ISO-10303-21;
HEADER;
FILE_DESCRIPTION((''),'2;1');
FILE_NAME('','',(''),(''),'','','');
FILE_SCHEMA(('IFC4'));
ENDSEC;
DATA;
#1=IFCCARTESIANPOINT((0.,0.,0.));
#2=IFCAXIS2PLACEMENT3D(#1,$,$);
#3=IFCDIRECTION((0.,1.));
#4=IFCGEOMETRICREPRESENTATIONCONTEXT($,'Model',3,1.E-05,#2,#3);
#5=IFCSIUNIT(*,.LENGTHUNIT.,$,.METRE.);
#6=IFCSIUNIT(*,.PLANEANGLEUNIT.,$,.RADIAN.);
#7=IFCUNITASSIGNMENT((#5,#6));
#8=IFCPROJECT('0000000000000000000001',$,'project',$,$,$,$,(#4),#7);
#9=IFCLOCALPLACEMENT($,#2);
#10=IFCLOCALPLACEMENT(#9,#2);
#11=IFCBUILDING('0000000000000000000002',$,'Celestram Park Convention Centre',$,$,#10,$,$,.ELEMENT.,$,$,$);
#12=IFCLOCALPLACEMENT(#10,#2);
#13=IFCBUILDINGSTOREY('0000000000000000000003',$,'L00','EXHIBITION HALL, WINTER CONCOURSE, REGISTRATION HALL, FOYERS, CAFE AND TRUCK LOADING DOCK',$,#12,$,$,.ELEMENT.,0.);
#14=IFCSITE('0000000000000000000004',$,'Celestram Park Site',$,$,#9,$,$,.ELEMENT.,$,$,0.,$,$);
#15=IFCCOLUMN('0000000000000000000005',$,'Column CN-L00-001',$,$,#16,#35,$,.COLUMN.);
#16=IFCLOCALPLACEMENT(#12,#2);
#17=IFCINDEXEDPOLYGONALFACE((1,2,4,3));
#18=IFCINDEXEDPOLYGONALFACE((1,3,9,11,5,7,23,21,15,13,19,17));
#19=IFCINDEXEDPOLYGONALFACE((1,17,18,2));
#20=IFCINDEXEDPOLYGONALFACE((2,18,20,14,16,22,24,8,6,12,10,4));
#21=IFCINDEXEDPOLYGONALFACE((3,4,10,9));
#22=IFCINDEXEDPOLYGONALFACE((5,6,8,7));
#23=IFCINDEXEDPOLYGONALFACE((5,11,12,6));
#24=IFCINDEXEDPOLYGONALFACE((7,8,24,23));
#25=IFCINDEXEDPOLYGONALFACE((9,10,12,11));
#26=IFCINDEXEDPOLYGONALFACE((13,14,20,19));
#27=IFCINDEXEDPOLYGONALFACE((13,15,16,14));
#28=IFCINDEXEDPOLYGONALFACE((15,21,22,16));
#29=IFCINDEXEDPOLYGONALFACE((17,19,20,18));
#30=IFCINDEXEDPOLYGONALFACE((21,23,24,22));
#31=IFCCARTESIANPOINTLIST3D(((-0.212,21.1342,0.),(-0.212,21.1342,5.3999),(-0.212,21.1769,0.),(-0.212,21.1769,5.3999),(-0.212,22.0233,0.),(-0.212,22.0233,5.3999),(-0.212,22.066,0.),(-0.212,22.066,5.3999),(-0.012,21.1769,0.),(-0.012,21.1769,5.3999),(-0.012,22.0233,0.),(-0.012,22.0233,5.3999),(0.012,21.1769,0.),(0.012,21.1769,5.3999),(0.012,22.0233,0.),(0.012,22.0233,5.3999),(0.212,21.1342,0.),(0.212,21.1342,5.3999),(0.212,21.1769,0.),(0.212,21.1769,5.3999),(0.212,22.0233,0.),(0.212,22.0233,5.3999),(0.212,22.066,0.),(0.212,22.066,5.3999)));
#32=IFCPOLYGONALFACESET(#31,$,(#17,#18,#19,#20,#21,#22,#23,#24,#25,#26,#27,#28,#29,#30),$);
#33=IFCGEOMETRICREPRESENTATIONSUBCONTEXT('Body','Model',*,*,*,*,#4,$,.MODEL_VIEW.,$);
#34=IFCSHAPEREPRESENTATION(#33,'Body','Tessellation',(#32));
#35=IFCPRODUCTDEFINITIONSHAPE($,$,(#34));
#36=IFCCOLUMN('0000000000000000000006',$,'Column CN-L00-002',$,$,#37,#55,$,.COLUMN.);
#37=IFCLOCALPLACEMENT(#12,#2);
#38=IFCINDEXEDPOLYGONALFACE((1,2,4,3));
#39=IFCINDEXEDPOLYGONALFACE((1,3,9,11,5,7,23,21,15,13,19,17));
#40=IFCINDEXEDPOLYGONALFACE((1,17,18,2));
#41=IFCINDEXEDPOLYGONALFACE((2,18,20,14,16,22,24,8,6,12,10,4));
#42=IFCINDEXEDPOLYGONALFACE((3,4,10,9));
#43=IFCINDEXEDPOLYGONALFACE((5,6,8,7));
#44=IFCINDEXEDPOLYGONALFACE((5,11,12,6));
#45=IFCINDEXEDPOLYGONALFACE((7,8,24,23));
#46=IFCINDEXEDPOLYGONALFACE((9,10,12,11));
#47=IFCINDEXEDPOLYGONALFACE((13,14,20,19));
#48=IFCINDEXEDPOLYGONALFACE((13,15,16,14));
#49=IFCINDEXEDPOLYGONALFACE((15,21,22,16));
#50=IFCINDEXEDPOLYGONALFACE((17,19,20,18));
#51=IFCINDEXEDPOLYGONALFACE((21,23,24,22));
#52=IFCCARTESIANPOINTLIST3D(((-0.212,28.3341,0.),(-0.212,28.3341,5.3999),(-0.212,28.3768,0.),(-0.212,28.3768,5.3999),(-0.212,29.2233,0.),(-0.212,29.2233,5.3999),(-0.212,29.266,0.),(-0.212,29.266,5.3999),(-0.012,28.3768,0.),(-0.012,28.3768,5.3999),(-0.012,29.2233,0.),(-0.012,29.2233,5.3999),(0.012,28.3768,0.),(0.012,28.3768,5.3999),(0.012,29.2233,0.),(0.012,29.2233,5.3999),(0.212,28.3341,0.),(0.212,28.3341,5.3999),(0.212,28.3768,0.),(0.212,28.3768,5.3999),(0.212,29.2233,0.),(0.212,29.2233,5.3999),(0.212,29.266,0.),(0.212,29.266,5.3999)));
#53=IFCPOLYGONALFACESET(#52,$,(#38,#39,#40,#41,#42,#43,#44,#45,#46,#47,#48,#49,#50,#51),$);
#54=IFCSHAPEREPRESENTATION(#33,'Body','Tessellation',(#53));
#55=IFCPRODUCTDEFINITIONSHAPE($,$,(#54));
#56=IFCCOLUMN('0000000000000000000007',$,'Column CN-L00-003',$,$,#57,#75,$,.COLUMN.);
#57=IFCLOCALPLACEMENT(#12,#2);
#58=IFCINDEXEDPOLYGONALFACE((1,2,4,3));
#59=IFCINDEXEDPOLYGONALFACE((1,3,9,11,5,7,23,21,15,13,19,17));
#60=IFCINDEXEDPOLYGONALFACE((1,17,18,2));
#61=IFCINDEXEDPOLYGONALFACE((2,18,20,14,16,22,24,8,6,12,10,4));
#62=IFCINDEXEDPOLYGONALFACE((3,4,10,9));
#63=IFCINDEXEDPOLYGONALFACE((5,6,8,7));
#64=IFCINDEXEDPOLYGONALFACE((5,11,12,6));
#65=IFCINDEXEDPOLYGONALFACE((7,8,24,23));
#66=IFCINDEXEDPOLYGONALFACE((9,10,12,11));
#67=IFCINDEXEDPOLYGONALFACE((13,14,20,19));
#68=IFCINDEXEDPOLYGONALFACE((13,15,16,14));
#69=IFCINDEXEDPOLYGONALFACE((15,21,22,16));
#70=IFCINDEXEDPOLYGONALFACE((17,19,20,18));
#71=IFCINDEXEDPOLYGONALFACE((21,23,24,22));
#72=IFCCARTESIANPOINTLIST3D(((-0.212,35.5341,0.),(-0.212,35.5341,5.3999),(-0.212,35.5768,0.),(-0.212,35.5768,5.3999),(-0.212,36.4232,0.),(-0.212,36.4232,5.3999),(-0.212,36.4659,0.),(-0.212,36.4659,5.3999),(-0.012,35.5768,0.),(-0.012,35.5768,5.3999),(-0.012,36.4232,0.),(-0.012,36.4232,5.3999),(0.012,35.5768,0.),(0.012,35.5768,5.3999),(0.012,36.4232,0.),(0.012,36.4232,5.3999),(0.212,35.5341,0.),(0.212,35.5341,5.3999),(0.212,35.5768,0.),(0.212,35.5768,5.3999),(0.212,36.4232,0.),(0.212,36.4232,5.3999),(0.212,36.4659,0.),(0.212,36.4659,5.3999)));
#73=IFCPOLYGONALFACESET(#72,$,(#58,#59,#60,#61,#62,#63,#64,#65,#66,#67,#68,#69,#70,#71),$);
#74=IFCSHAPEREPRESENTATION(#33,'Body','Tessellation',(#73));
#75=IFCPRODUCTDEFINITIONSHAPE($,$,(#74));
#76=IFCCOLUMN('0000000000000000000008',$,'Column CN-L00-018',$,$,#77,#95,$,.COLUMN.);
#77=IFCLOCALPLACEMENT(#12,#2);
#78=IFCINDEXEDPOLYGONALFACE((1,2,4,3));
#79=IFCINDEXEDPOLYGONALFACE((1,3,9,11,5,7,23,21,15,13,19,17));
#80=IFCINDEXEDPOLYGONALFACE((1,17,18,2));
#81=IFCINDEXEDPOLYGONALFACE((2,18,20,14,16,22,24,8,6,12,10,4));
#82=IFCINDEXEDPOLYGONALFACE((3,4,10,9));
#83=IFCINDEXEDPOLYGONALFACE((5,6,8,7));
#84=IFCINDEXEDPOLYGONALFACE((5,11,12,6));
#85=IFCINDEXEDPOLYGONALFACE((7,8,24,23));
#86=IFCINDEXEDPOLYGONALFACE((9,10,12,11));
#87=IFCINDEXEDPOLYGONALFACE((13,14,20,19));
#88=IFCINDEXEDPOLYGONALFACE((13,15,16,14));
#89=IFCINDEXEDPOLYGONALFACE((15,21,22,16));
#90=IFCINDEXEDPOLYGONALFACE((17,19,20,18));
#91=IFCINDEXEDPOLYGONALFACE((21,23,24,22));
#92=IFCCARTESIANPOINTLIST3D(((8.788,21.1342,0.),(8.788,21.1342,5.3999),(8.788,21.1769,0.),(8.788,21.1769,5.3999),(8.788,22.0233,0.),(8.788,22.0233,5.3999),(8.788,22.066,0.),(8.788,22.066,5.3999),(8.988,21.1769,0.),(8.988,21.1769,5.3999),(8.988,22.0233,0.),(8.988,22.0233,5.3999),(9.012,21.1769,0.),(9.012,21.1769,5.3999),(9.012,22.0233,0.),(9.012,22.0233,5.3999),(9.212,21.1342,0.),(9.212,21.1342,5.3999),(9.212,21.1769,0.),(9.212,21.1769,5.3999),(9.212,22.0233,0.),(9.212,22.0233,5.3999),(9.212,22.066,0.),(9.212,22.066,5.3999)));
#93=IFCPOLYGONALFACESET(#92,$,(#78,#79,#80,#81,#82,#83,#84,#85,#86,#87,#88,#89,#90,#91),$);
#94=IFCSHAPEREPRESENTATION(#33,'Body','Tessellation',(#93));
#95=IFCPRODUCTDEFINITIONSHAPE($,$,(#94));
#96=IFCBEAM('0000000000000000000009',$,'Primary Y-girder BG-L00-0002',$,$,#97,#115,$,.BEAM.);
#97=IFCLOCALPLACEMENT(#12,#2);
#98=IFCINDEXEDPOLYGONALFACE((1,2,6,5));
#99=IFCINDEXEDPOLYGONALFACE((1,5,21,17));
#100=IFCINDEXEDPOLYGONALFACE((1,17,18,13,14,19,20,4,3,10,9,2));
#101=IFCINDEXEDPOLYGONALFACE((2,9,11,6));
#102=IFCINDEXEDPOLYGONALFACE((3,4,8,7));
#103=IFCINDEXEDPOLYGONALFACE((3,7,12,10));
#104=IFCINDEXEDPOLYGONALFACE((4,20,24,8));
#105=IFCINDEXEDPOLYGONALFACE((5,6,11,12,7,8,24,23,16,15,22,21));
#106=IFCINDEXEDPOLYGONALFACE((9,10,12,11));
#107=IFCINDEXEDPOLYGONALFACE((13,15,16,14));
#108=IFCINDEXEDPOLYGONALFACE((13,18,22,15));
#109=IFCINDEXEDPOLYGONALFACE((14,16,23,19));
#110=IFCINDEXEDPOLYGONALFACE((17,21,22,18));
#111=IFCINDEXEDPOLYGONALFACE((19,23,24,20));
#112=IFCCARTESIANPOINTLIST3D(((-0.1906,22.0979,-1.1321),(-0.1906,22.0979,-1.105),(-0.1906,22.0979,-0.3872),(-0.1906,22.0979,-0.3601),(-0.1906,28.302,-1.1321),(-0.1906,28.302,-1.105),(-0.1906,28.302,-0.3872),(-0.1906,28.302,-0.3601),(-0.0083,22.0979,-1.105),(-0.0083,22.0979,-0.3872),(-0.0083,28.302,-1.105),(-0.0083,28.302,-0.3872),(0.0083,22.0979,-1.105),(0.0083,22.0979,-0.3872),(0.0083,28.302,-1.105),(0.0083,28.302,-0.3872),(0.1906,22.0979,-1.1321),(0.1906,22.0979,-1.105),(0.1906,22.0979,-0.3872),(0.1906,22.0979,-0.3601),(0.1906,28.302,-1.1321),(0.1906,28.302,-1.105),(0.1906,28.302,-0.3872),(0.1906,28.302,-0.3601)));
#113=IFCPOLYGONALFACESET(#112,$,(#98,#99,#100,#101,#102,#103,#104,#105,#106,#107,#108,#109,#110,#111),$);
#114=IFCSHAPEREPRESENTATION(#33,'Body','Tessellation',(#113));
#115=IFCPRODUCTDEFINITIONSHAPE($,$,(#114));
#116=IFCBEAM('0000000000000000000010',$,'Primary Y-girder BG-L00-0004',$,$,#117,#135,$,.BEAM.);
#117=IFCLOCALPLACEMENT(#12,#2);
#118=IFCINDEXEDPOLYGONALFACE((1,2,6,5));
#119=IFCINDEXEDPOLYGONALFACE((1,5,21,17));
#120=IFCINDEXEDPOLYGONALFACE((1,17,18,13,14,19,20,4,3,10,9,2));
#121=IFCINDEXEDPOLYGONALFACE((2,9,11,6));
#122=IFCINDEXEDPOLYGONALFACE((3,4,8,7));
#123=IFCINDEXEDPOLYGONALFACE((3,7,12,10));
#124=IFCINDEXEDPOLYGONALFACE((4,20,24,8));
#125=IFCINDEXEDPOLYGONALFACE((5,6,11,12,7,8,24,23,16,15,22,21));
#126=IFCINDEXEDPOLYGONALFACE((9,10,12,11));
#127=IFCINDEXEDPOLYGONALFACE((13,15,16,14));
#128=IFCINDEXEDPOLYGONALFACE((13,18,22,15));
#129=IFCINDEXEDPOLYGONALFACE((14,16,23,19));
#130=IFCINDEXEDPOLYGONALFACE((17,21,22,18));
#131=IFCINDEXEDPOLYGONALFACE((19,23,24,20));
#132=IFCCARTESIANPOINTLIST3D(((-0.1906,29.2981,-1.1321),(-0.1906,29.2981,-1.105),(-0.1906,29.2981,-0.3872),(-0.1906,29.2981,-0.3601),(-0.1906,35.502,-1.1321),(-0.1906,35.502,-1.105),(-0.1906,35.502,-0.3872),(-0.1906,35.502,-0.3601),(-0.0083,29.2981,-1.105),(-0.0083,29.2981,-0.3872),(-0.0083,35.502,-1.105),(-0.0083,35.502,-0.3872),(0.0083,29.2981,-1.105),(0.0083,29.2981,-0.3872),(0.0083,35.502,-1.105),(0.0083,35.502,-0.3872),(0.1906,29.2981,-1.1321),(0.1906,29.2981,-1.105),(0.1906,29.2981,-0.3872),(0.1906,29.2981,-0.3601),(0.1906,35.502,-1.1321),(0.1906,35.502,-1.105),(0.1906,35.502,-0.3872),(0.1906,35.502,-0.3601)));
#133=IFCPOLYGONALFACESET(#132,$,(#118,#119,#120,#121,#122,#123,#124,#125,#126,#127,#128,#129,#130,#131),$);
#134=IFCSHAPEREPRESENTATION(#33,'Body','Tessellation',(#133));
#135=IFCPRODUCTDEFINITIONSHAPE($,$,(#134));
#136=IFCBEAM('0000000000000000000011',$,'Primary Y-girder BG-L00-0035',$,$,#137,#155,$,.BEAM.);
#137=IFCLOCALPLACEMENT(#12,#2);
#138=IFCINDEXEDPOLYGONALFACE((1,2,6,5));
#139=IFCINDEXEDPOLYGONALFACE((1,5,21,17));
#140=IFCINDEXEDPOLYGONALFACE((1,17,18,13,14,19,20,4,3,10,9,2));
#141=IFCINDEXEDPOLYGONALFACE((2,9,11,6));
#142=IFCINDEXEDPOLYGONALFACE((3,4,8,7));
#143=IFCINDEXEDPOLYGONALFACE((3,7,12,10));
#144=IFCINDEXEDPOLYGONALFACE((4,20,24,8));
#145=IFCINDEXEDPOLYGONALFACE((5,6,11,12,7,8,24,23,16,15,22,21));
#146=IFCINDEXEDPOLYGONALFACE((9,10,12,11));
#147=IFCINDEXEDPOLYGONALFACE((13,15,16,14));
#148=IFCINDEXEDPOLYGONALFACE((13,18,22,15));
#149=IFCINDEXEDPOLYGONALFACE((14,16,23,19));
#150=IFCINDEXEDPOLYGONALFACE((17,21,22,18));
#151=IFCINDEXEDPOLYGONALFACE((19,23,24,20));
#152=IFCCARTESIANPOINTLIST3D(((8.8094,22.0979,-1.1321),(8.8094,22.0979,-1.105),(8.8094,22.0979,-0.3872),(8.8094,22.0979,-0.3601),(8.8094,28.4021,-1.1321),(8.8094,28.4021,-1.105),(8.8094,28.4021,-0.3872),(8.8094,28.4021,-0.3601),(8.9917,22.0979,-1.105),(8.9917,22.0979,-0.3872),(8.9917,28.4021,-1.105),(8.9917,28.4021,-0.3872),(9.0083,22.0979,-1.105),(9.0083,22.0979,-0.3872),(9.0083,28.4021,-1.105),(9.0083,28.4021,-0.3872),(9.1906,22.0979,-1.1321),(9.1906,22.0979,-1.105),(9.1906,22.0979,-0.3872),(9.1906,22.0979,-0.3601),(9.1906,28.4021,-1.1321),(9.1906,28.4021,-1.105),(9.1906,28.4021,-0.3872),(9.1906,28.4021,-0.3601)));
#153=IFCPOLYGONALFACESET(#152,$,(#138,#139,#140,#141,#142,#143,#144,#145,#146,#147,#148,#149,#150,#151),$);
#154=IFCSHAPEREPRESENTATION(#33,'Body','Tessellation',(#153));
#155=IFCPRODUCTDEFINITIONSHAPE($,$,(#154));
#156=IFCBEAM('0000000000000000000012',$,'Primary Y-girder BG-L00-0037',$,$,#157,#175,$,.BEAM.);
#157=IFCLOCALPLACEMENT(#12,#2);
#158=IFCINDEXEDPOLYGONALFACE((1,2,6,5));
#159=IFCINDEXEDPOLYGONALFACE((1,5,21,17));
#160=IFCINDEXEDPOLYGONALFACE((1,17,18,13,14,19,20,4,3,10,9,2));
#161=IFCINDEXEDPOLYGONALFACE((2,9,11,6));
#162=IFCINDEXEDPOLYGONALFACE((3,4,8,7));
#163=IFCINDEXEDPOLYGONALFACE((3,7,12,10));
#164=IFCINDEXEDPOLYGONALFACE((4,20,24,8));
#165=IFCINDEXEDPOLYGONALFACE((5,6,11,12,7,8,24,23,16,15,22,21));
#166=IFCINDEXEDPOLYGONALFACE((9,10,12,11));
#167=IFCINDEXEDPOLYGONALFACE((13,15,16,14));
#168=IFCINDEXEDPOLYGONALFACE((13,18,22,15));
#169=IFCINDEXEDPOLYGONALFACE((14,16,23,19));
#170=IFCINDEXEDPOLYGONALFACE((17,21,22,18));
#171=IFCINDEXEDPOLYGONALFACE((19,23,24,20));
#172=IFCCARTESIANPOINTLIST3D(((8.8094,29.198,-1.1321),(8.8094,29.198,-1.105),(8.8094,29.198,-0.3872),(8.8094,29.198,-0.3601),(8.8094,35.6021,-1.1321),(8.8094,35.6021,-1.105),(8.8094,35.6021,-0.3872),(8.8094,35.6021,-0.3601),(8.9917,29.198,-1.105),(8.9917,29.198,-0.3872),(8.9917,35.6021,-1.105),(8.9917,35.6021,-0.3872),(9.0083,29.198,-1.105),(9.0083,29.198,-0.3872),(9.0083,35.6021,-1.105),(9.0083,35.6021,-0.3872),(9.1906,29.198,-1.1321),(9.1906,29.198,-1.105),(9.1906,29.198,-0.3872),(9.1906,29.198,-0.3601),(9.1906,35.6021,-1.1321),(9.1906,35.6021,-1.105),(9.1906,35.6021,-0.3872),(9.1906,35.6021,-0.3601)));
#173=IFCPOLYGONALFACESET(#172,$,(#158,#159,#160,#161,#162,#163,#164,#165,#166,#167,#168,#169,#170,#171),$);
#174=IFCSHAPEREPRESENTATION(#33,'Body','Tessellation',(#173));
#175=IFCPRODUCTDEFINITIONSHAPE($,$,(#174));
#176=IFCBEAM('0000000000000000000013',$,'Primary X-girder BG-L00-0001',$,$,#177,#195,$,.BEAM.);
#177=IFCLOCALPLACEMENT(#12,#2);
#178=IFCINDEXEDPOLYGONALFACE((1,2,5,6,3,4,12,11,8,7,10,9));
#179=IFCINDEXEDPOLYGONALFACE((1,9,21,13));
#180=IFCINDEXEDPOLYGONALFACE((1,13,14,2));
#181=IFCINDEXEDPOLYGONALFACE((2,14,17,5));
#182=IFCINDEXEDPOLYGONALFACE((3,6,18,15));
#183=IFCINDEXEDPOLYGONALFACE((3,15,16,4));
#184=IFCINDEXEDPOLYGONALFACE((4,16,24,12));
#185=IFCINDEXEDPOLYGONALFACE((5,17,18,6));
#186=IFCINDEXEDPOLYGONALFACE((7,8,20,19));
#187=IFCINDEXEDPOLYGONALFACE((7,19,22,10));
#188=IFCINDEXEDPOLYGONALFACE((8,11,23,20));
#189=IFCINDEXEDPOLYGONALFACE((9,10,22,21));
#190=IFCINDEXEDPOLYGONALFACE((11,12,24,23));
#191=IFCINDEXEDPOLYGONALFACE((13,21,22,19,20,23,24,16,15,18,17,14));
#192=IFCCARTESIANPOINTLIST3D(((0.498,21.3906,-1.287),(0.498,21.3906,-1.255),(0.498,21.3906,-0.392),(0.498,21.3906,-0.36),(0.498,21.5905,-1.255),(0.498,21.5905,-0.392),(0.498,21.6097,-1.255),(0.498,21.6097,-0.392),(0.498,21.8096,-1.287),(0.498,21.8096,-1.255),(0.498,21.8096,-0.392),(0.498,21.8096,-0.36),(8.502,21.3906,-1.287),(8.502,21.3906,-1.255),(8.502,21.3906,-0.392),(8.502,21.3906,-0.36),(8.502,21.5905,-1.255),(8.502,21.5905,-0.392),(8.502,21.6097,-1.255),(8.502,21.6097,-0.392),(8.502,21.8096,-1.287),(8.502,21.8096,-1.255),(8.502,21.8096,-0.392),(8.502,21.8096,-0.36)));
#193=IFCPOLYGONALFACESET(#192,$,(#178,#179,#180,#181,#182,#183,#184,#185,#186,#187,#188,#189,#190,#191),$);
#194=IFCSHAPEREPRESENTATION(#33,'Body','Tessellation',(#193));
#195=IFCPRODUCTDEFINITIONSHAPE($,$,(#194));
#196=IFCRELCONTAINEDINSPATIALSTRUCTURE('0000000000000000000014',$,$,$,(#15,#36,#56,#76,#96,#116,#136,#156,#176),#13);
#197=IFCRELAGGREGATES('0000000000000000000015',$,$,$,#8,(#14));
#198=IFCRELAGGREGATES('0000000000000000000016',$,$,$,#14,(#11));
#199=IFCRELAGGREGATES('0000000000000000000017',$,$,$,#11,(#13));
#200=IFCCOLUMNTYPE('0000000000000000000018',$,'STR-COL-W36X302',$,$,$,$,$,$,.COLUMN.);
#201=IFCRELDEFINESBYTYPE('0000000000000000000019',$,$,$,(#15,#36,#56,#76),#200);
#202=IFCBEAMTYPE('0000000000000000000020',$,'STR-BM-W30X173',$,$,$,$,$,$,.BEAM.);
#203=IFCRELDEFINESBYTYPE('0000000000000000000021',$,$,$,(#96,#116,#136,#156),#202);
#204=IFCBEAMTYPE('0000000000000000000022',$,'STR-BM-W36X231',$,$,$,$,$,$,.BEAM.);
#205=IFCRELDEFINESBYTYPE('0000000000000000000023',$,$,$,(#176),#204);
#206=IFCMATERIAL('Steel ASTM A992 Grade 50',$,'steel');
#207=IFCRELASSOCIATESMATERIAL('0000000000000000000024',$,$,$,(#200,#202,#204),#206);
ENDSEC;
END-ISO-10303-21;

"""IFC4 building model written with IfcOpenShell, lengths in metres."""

from ifc_helpers import new_model, si_unit, direction, frame, origin, origin_2d, place, context, subcontext, project, spatial, i_section, extrude, material, material_profile, profile_set, type_object, element, save


model = new_model("IFC4")

# Units and contexts
model_context = context("Model", 3, precision=1e-05, world=origin(), true_north=direction((0.0, 1.0)))
body_context = subcontext(model_context, "Body", "Model", "MODEL_VIEW")
ifc_project = project(units=[si_unit("LENGTHUNIT", "METRE"), si_unit("PLANEANGLEUNIT", "RADIAN")], contexts=[model_context])

# Site, building, storey
site_placement = place(None, origin())
site = spatial("IfcSite", under=ifc_project, at=site_placement, Name="Celestram Park Site", CompositionType="ELEMENT", RefElevation=0.0)
building_placement = place(site_placement, origin())
building = spatial("IfcBuilding", under=site, at=building_placement, Name="Celestram Park Convention Centre", CompositionType="ELEMENT")
storey_placement = place(building_placement, origin())
storey = spatial("IfcBuildingStorey", under=building, at=storey_placement, Name="L00", Description="EXHIBITION HALL, WINTER CONCOURSE, REGISTRATION HALL, FOYERS, CAFE AND TRUCK LOADING DOCK", CompositionType="ELEMENT", Elevation=0.0)

# Columns
ifc_material_1 = material(Name="Steel ASTM A992 Grade 50", Category="steel")
ifc_material_profile_1 = material_profile(ifc_material_1, i_section(OverallWidth=0.4241, OverallDepth=0.9319, WebThickness=0.0239, FlangeThickness=0.0427, at=origin_2d()), Name="W36X302")
ifc_profile_set_1 = profile_set([ifc_material_profile_1], Name="Steel ASTM A992 Grade 50")
column_type = type_object("IfcColumnType", Name="STR-COL-W36X302", PredefinedType="COLUMN", material=ifc_profile_set_1)
for number, where, z_axis, x_axis, name in (
    (1, (0.0, 21.6001, 0.0), (0.0, 0.0, 1.0), (1.0, 0.0, 0.0), "Column CN-L00-001"),
    (2, (0.0, 28.8, 0.0), (0.0, 0.0, 1.0), (1.0, 0.0, 0.0), "Column CN-L00-002"),
    (3, (0.0, 36.0, 0.0), (0.0, 0.0, 1.0), (1.0, 0.0, 0.0), "Column CN-L00-003"),
    (4, (9.0, 21.6001, 0.0), (0.0, 0.0, 1.0), (1.0, 0.0, 0.0), "Column CN-L00-018"),
):
    element("IfcColumn", number, at=place(storey_placement, frame(where, z_axis=z_axis, x_axis=x_axis)), inside=storey, type_object=column_type, Name=name, PredefinedType="COLUMN", context=body_context, shape_type="SweptSolid", body=[
        extrude(i_section(OverallWidth=0.4241, OverallDepth=0.9319, WebThickness=0.0239, FlangeThickness=0.0427, at=origin_2d()), origin(), (0.0, 0.0, 1.0), 5.3999),
    ])

# Beams
ifc_material_profile_2 = material_profile(ifc_material_1, i_section(OverallWidth=0.3811, OverallDepth=0.772, WebThickness=0.0166, FlangeThickness=0.0271, at=origin_2d()), Name="W30X173")
ifc_profile_set_2 = profile_set([ifc_material_profile_2], Name="Steel ASTM A992 Grade 50")
beam_type_1 = type_object("IfcBeamType", Name="STR-BM-W30X173", PredefinedType="BEAM", material=ifc_profile_set_2)
beam_1_placement = place(storey_placement, frame((0.0, 22.0979, -0.7461), z_axis=(0.0, 1.0, 0.0), x_axis=(-1.0, 0.0, 0.0)))
element("IfcBeam", 5, at=beam_1_placement, inside=storey, type_object=beam_type_1, Name="Primary Y-girder BG-L00-0002", PredefinedType="BEAM", context=body_context, shape_type="SweptSolid", body=[
    extrude(i_section(OverallWidth=0.3811, OverallDepth=0.772, WebThickness=0.0166, FlangeThickness=0.0271, at=origin_2d()), origin(), (0.0, 0.0, 1.0), 6.2041),
])
beam_2_placement = place(storey_placement, frame((0.0, 29.2981, -0.7461), z_axis=(0.0, 1.0, 0.0), x_axis=(-1.0, 0.0, 0.0)))
element("IfcBeam", 6, at=beam_2_placement, inside=storey, type_object=beam_type_1, Name="Primary Y-girder BG-L00-0004", PredefinedType="BEAM", context=body_context, shape_type="SweptSolid", body=[
    extrude(i_section(OverallWidth=0.3811, OverallDepth=0.772, WebThickness=0.0166, FlangeThickness=0.0271, at=origin_2d()), origin(), (0.0, 0.0, 1.0), 6.2039),
])
beam_3_placement = place(storey_placement, frame((9.0, 22.0979, -0.7461), z_axis=(0.0, 1.0, 0.0), x_axis=(-1.0, 0.0, 0.0)))
element("IfcBeam", 7, at=beam_3_placement, inside=storey, type_object=beam_type_1, Name="Primary Y-girder BG-L00-0035", PredefinedType="BEAM", context=body_context, shape_type="SweptSolid", body=[
    extrude(i_section(OverallWidth=0.3811, OverallDepth=0.772, WebThickness=0.0166, FlangeThickness=0.0271, at=origin_2d()), origin(), (0.0, 0.0, 1.0), 6.3042),
])
beam_4_placement = place(storey_placement, frame((9.0, 29.198, -0.7461), z_axis=(0.0, 1.0, 0.0), x_axis=(-1.0, 0.0, 0.0)))
element("IfcBeam", 8, at=beam_4_placement, inside=storey, type_object=beam_type_1, Name="Primary Y-girder BG-L00-0037", PredefinedType="BEAM", context=body_context, shape_type="SweptSolid", body=[
    extrude(i_section(OverallWidth=0.3811, OverallDepth=0.772, WebThickness=0.0166, FlangeThickness=0.0271, at=origin_2d()), origin(), (0.0, 0.0, 1.0), 6.4041),
])
ifc_material_profile_3 = material_profile(ifc_material_1, i_section(OverallWidth=0.4189, OverallDepth=0.927, WebThickness=0.0193, FlangeThickness=0.032, at=origin_2d()), Name="W36X231")
ifc_profile_set_3 = profile_set([ifc_material_profile_3], Name="Steel ASTM A992 Grade 50")
beam_type_2 = type_object("IfcBeamType", Name="STR-BM-W36X231", PredefinedType="BEAM", material=ifc_profile_set_3)
beam_5_placement = place(storey_placement, frame((0.498, 21.6001, -0.8235), z_axis=(1.0, 0.0, 0.0), x_axis=(0.0, 1.0, 0.0)))
element("IfcBeam", 9, at=beam_5_placement, inside=storey, type_object=beam_type_2, Name="Primary X-girder BG-L00-0001", PredefinedType="BEAM", context=body_context, shape_type="SweptSolid", body=[
    extrude(i_section(OverallWidth=0.4189, OverallDepth=0.927, WebThickness=0.0193, FlangeThickness=0.032, at=origin_2d()), origin(), (0.0, 0.0, 1.0), 8.0039),
])

save(model, "model.ifc")
